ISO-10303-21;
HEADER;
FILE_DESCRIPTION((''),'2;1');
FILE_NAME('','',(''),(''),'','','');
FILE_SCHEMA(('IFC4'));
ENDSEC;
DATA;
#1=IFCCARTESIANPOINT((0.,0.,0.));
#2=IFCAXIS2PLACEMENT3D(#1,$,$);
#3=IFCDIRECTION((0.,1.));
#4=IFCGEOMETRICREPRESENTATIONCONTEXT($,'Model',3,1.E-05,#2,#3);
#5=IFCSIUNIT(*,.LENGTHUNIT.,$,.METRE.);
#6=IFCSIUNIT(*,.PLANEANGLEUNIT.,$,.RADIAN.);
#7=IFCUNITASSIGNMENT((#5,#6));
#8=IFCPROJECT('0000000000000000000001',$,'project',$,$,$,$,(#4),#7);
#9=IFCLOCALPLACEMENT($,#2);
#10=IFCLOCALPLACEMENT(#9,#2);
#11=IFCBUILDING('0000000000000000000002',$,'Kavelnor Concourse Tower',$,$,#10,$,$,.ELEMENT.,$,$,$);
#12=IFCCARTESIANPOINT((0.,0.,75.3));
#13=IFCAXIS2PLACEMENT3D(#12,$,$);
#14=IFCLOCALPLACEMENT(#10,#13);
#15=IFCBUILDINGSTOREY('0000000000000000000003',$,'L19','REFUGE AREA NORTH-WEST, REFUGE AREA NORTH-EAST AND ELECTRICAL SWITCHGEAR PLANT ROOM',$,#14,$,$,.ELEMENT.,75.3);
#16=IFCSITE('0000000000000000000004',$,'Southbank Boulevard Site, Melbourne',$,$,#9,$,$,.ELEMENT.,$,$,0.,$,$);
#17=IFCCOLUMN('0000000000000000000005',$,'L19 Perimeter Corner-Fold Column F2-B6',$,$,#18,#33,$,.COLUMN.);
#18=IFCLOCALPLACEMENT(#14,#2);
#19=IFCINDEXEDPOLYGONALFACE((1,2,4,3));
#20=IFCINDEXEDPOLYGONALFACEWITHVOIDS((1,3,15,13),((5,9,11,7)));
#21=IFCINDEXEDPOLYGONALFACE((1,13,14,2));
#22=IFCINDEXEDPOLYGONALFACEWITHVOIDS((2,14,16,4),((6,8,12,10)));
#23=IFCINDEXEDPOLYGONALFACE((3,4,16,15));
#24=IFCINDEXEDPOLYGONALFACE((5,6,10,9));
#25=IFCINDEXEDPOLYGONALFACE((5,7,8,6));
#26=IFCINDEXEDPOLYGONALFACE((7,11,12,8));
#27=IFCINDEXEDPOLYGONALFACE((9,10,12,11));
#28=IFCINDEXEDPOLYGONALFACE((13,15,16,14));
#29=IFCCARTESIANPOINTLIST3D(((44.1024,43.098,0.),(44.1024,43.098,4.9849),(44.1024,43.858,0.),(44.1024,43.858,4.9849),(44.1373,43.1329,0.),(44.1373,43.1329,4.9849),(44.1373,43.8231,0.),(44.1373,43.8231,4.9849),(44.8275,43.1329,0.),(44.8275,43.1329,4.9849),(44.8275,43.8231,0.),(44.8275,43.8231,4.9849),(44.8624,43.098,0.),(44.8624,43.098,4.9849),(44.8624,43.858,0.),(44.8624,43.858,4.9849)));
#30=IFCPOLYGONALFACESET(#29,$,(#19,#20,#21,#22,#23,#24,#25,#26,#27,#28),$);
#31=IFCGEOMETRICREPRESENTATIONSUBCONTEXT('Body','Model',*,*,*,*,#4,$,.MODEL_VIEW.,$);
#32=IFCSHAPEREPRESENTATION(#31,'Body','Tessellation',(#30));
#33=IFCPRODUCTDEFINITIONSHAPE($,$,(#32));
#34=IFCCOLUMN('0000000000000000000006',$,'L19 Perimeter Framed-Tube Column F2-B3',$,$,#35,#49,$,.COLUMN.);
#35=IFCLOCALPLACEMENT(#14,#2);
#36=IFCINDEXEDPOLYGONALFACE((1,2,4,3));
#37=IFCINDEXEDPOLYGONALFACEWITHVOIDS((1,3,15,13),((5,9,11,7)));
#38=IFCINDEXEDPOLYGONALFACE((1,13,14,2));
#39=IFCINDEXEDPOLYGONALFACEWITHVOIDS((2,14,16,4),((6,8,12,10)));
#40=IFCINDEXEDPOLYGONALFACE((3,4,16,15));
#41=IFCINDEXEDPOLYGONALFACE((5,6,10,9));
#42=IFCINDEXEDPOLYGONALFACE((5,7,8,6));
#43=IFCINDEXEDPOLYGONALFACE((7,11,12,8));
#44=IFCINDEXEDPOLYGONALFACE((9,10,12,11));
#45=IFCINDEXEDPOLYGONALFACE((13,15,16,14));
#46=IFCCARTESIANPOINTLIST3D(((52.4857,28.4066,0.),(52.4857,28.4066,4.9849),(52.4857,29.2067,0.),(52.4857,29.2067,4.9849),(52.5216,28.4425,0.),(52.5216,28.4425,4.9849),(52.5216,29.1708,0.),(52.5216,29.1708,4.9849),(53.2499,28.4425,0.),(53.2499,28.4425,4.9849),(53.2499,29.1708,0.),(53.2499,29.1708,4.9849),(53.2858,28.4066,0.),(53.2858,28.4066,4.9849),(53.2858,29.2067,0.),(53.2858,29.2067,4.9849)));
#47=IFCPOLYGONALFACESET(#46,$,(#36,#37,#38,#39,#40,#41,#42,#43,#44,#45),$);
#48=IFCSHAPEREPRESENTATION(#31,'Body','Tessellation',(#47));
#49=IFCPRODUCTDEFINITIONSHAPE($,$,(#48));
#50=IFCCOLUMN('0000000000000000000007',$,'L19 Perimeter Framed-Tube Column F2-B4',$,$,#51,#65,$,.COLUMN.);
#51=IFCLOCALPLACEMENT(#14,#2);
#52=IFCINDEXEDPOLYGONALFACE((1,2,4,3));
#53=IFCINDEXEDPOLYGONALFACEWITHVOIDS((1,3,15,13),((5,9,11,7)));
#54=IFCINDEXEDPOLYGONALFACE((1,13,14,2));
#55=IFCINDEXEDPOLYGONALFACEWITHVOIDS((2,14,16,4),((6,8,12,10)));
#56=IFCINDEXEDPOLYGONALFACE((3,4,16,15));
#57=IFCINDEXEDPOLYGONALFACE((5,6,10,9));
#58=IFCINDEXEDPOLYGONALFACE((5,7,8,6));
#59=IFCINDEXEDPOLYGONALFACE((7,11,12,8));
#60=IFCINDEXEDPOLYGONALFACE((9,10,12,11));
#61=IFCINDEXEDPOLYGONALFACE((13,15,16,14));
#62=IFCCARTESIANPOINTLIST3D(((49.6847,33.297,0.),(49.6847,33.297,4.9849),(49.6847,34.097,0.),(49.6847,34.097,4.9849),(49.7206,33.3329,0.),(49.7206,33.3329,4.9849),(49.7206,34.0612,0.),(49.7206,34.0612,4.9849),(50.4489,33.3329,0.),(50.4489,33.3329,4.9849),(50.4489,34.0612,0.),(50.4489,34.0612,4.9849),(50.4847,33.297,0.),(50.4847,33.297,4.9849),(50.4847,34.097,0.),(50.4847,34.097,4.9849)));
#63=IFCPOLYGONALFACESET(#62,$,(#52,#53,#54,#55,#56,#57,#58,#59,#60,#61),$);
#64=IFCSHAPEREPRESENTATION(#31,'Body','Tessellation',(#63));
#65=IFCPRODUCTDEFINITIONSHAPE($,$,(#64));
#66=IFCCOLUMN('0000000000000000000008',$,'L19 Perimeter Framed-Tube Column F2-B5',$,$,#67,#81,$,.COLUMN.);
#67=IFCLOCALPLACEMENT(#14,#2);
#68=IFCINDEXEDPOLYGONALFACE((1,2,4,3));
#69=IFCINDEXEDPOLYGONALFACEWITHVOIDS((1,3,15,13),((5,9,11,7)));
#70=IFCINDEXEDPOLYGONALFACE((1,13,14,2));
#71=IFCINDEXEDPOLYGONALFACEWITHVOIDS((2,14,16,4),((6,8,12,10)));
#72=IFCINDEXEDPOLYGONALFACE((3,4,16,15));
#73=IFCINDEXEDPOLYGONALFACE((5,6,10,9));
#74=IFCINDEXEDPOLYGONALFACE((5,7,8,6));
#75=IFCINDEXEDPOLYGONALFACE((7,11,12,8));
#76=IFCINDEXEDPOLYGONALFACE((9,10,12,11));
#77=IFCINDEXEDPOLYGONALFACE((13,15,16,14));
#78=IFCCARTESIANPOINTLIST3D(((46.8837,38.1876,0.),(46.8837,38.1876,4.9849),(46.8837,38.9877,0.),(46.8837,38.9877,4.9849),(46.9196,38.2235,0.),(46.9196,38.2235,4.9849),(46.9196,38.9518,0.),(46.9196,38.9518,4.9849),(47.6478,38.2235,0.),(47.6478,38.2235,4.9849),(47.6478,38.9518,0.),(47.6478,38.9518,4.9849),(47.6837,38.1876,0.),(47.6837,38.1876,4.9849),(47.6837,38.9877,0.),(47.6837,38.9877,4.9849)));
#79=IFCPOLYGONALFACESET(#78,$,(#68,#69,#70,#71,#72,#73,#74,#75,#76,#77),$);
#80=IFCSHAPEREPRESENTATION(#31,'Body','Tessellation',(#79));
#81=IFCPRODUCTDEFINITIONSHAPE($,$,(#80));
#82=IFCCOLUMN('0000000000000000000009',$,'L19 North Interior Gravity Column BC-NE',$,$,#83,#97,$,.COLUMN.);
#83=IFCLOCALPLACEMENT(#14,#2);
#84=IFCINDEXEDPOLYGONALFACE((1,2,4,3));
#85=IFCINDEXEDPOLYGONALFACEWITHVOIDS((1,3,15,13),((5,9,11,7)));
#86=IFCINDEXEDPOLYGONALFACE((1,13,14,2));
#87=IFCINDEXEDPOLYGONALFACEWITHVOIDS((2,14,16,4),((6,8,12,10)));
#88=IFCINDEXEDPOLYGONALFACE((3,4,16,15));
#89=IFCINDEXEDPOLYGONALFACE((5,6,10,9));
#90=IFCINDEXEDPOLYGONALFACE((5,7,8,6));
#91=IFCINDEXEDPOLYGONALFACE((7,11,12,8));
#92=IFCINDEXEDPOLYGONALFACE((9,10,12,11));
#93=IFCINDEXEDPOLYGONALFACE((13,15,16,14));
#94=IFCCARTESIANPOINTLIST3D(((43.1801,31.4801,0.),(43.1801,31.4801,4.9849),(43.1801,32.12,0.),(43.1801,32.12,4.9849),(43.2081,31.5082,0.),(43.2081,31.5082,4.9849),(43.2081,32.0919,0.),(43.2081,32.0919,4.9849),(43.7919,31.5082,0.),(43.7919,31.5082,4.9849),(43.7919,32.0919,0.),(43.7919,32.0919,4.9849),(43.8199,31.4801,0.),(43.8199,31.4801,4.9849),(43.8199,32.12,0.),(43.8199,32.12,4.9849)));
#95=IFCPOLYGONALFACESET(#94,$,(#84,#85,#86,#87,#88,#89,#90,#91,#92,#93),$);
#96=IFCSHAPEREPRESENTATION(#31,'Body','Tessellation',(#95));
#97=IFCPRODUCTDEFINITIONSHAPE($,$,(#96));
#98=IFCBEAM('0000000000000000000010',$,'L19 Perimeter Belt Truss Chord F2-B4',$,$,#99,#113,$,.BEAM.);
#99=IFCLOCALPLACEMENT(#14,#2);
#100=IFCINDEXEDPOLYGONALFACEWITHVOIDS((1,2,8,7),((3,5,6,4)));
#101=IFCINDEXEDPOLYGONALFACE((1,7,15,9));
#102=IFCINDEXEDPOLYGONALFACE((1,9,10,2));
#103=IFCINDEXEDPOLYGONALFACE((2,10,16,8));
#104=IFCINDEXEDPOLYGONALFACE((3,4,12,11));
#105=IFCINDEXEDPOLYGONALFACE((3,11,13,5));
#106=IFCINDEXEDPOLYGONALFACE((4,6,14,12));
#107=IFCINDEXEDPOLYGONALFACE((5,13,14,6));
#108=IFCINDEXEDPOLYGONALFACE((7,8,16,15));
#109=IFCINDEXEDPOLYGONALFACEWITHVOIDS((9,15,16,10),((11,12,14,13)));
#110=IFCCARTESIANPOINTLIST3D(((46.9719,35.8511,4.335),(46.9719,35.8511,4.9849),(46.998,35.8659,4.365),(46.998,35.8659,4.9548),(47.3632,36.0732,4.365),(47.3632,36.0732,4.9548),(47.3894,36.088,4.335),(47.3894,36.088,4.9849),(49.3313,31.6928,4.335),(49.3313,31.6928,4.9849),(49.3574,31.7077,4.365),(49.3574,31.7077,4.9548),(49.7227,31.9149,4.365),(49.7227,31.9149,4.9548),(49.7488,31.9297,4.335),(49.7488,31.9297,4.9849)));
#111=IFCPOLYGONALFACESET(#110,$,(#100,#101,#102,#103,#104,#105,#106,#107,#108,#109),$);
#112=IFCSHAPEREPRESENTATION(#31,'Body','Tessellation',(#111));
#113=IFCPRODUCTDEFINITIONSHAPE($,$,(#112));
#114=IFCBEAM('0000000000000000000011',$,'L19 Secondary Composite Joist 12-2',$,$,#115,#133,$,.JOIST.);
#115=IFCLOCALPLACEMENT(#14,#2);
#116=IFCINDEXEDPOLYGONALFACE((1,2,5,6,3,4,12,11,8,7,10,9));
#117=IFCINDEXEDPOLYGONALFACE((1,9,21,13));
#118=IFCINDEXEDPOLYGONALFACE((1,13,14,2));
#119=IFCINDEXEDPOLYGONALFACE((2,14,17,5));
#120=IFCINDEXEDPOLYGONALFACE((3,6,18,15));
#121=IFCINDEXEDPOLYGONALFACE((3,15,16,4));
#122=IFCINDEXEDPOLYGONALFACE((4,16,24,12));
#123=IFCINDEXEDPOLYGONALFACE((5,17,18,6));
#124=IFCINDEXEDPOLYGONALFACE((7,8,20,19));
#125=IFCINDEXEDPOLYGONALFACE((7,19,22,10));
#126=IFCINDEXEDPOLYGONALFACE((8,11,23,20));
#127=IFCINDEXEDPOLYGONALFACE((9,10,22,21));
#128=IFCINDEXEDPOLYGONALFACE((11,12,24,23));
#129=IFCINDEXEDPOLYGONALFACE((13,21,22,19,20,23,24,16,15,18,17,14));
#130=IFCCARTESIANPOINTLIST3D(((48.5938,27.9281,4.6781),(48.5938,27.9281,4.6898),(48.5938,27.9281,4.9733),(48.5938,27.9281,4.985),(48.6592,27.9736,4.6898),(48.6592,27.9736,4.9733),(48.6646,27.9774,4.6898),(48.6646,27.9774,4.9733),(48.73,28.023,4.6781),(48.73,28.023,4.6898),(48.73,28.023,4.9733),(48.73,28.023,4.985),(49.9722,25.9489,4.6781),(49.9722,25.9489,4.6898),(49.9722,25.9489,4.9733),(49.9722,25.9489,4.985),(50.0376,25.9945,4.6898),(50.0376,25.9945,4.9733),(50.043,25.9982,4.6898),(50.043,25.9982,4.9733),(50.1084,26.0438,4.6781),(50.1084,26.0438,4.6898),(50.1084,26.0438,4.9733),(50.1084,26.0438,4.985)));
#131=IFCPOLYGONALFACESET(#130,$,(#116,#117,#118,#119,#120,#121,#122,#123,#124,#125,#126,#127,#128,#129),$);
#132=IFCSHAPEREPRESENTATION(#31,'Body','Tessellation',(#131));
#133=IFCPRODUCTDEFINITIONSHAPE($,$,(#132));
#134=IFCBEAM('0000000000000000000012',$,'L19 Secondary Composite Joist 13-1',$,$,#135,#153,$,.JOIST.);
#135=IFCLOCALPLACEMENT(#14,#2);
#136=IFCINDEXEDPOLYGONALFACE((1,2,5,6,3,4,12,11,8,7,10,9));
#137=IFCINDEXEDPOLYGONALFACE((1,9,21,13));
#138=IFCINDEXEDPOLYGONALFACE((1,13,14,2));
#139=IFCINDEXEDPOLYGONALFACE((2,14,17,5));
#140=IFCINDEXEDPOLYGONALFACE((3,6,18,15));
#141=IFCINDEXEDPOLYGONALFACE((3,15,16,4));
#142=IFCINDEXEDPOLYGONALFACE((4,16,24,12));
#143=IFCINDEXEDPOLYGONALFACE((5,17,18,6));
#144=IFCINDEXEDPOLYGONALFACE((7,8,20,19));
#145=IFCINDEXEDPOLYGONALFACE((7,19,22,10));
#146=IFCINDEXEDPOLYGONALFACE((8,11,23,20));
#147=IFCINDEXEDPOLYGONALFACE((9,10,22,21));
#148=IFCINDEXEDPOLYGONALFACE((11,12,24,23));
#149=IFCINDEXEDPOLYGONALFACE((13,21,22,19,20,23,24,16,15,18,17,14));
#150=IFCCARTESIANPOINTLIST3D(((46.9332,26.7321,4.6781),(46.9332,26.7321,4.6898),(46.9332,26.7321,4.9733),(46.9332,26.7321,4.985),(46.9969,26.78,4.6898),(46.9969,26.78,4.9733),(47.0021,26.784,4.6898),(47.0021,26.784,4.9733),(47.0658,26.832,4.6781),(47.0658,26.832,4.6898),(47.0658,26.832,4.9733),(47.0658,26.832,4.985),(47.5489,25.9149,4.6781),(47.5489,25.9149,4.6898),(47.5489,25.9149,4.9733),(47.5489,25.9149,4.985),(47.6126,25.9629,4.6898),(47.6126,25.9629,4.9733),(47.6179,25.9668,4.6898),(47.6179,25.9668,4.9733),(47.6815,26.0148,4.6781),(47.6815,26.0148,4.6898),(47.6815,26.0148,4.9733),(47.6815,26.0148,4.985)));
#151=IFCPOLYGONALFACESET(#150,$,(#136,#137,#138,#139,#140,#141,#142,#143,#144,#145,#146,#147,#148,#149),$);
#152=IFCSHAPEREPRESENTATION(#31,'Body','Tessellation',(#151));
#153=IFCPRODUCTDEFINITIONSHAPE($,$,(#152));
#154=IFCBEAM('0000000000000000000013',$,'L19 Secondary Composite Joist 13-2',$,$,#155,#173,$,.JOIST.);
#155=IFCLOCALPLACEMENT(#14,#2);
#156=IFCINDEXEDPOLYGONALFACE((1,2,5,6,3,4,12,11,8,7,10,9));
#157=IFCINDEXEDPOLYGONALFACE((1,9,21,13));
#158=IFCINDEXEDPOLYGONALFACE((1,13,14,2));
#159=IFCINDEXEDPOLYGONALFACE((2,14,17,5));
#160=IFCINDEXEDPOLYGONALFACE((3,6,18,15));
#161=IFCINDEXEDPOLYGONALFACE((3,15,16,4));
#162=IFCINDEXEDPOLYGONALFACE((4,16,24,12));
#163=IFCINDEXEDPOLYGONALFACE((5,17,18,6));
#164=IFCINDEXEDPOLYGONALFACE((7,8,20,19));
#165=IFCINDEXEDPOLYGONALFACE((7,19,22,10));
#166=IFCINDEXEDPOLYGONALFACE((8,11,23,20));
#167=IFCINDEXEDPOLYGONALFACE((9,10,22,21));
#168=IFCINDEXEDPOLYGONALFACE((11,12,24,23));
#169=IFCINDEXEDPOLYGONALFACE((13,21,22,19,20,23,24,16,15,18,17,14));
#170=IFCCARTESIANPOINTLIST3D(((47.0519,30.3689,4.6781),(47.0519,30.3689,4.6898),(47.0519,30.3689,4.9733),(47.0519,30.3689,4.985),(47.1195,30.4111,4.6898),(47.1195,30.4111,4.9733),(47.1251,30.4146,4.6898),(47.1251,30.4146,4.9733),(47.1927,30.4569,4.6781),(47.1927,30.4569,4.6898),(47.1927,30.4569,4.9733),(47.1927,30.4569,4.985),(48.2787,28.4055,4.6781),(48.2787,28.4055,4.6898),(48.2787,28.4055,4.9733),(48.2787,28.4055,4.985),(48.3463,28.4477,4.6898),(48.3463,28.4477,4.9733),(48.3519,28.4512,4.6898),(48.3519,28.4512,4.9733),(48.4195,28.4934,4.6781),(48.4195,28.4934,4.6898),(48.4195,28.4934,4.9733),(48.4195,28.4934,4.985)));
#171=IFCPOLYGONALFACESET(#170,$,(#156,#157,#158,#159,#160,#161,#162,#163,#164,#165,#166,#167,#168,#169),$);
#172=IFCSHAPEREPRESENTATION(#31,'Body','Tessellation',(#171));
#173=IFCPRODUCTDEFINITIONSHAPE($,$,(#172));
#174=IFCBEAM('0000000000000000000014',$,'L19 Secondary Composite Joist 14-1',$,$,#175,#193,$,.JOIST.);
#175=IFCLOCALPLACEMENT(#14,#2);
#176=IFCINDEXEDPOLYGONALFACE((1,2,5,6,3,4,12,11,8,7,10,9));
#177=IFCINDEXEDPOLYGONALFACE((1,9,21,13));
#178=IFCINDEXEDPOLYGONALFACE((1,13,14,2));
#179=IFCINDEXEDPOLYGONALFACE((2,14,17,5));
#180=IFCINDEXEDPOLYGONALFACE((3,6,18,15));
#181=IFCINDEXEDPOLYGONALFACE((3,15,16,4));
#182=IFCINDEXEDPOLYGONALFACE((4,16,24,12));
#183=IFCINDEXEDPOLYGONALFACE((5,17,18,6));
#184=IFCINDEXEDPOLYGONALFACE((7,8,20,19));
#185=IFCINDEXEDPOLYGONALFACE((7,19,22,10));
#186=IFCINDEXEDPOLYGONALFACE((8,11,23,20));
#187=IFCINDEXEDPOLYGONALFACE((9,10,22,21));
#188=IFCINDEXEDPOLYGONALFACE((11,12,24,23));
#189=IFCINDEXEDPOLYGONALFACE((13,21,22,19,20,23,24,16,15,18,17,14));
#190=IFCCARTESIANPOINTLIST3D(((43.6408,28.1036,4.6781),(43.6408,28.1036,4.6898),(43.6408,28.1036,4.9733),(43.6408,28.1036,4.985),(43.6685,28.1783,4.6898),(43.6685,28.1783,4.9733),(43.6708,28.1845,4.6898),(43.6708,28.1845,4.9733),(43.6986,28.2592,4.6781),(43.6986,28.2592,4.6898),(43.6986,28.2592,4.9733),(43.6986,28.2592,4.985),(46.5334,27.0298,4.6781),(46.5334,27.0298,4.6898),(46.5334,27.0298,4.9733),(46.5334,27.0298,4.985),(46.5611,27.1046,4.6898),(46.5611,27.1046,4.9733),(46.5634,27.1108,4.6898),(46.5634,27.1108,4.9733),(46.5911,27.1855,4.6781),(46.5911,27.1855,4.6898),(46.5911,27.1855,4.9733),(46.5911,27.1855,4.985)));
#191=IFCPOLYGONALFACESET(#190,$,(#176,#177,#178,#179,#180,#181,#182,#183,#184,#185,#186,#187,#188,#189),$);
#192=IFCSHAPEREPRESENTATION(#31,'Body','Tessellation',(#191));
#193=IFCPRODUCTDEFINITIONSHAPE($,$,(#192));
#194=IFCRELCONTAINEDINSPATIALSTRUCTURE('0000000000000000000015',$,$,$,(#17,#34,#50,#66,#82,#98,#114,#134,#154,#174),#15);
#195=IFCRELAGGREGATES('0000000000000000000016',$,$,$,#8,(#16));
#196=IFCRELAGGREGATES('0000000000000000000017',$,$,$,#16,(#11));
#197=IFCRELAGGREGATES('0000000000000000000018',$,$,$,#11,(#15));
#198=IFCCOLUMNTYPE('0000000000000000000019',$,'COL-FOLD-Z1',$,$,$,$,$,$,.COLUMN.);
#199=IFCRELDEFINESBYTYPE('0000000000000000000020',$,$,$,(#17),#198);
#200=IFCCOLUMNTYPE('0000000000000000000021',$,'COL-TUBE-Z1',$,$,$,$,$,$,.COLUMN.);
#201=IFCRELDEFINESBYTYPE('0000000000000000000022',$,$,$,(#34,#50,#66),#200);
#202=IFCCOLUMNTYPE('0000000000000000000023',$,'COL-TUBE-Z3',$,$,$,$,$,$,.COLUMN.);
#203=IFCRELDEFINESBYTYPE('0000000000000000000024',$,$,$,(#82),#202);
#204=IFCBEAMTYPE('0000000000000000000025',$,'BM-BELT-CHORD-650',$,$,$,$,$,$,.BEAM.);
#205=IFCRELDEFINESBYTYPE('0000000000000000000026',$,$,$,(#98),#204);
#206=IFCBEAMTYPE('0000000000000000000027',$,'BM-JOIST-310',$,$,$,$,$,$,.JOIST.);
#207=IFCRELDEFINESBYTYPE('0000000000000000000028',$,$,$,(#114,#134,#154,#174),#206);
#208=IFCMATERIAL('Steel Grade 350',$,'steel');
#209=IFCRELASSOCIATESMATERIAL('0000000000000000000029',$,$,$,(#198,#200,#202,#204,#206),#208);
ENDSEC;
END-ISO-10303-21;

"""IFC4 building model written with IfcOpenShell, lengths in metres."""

from ifc_helpers import new_model, si_unit, direction, frame, origin, origin_2d, place, context, subcontext, project, spatial, hollow_rectangle, i_section, extrude, material, material_profile, profile_set, type_object, element, save


model = new_model("IFC4")

# Units and contexts
model_context = context("Model", 3, precision=1e-05, world=origin(), true_north=direction((0.0, 1.0)))
body_context = subcontext(model_context, "Body", "Model", "MODEL_VIEW")
ifc_project = project(units=[si_unit("LENGTHUNIT", "METRE"), si_unit("PLANEANGLEUNIT", "RADIAN")], contexts=[model_context])

# Site, building, storey
site_placement = place(None, origin())
site = spatial("IfcSite", under=ifc_project, at=site_placement, Name="Southbank Boulevard Site, Melbourne", CompositionType="ELEMENT", RefElevation=0.0)
building_placement = place(site_placement, origin())
building = spatial("IfcBuilding", under=site, at=building_placement, Name="Kavelnor Concourse Tower", CompositionType="ELEMENT")
storey_placement = place(building_placement, frame((0.0, 0.0, 75.3)))
storey = spatial("IfcBuildingStorey", under=building, at=storey_placement, Name="L19", Description="REFUGE AREA NORTH-WEST, REFUGE AREA NORTH-EAST AND ELECTRICAL SWITCHGEAR PLANT ROOM", CompositionType="ELEMENT", Elevation=75.3)

# Columns
ifc_material_1 = material(Name="Steel Grade 350", Category="steel")
ifc_material_profile_1 = material_profile(ifc_material_1, hollow_rectangle(XDim=0.76, YDim=0.76, WallThickness=0.0349, at=origin_2d()), Name="SHS 760x760x35")
ifc_profile_set_1 = profile_set([ifc_material_profile_1], Name="Steel Grade 350")
column_type_1 = type_object("IfcColumnType", Name="COL-FOLD-Z1", PredefinedType="COLUMN", material=ifc_profile_set_1)
column_1_placement = place(storey_placement, frame((44.4824, 43.478, 0.0), z_axis=(0.0, 0.0, 1.0), x_axis=(1.0, 0.0, 0.0)))
element("IfcColumn", 1, at=column_1_placement, inside=storey, type_object=column_type_1, Name="L19 Perimeter Corner-Fold Column F2-B6", PredefinedType="COLUMN", context=body_context, shape_type="SweptSolid", body=[
    extrude(hollow_rectangle(XDim=0.76, YDim=0.76, WallThickness=0.0349, at=origin_2d()), origin(), (0.0, 0.0, 1.0), 4.9849),
])
ifc_material_profile_2 = material_profile(ifc_material_1, hollow_rectangle(XDim=0.8, YDim=0.8, WallThickness=0.0359, at=origin_2d()), Name="SHS 800x800x36")
ifc_profile_set_2 = profile_set([ifc_material_profile_2], Name="Steel Grade 350")
column_type_2 = type_object("IfcColumnType", Name="COL-TUBE-Z1", PredefinedType="COLUMN", material=ifc_profile_set_2)
for number, where, z_axis, x_axis, name in (
    (2, (52.8857, 28.8066, 0.0), (0.0, 0.0, 1.0), (1.0, 0.0, 0.0), "L19 Perimeter Framed-Tube Column F2-B3"),
    (3, (50.0847, 33.697, 0.0), (0.0, 0.0, 1.0), (1.0, 0.0, 0.0), "L19 Perimeter Framed-Tube Column F2-B4"),
    (4, (47.2837, 38.5876, 0.0), (0.0, 0.0, 1.0), (1.0, 0.0, 0.0), "L19 Perimeter Framed-Tube Column F2-B5"),
):
    element("IfcColumn", number, at=place(storey_placement, frame(where, z_axis=z_axis, x_axis=x_axis)), inside=storey, type_object=column_type_2, Name=name, PredefinedType="COLUMN", context=body_context, shape_type="SweptSolid", body=[
        extrude(hollow_rectangle(XDim=0.8, YDim=0.8, WallThickness=0.0359, at=origin_2d()), origin(), (0.0, 0.0, 1.0), 4.9849),
    ])
ifc_material_profile_3 = material_profile(ifc_material_1, hollow_rectangle(XDim=0.6399, YDim=0.6399, WallThickness=0.0281, at=origin_2d()), Name="SHS 640x640x28")
ifc_profile_set_3 = profile_set([ifc_material_profile_3], Name="Steel Grade 350")
column_type_3 = type_object("IfcColumnType", Name="COL-TUBE-Z3", PredefinedType="COLUMN", material=ifc_profile_set_3)
column_2_placement = place(storey_placement, frame((43.5, 31.8, 0.0), z_axis=(0.0, 0.0, 1.0), x_axis=(1.0, 0.0, 0.0)))
element("IfcColumn", 5, at=column_2_placement, inside=storey, type_object=column_type_3, Name="L19 North Interior Gravity Column BC-NE", PredefinedType="COLUMN", context=body_context, shape_type="SweptSolid", body=[
    extrude(hollow_rectangle(XDim=0.6399, YDim=0.6399, WallThickness=0.0281, at=origin_2d()), origin(), (0.0, 0.0, 1.0), 4.9849),
])

# Beams
ifc_material_profile_4 = material_profile(ifc_material_1, hollow_rectangle(XDim=0.48, YDim=0.6499, WallThickness=0.03, at=origin_2d()), Name="RHS 650x480x30")
ifc_profile_set_4 = profile_set([ifc_material_profile_4], Name="Steel Grade 350")
beam_type_1 = type_object("IfcBeamType", Name="BM-BELT-CHORD-650", PredefinedType="BEAM", material=ifc_profile_set_4)
beam_1_placement = place(storey_placement, frame((49.54, 31.8113, 4.6599), z_axis=(-0.493497, 0.869748, 0.0), x_axis=(-0.869748, -0.493497, 0.0)))
element("IfcBeam", 6, at=beam_1_placement, inside=storey, type_object=beam_type_1, Name="L19 Perimeter Belt Truss Chord F2-B4", PredefinedType="BEAM", context=body_context, shape_type="SweptSolid", body=[
    extrude(hollow_rectangle(XDim=0.48, YDim=0.6499, WallThickness=0.03, at=origin_2d()), origin(), (0.0, 0.0, 1.0), 4.781),
])
ifc_material_profile_5 = material_profile(ifc_material_1, i_section(OverallWidth=0.166, OverallDepth=0.3069, WebThickness=0.0066, FlangeThickness=0.0117, at=origin_2d()), Name="310UB46")
ifc_profile_set_5 = profile_set([ifc_material_profile_5], Name="Steel Grade 350")
beam_type_2 = type_object("IfcBeamType", Name="BM-JOIST-310", PredefinedType="JOIST", material=ifc_profile_set_5)
beam_2_placement = place(storey_placement, frame((50.0403, 25.9963, 4.8315), z_axis=(-0.571497, 0.820604, 0.0), x_axis=(-0.820604, -0.571497, 0.0)))
element("IfcBeam", 7, at=beam_2_placement, inside=storey, type_object=beam_type_2, Name="L19 Secondary Composite Joist 12-2", PredefinedType="JOIST", context=body_context, shape_type="SweptSolid", body=[
    extrude(i_section(OverallWidth=0.166, OverallDepth=0.3069, WebThickness=0.0066, FlangeThickness=0.0117, at=origin_2d()), origin(), (0.0, 0.0, 1.0), 2.4119),
])
beam_3_placement = place(storey_placement, frame((47.6152, 25.9648, 4.8315), z_axis=(-0.601793, 0.798652, 0.0), x_axis=(-0.798652, -0.601793, 0.0)))
element("IfcBeam", 8, at=beam_3_placement, inside=storey, type_object=beam_type_2, Name="L19 Secondary Composite Joist 13-1", PredefinedType="JOIST", context=body_context, shape_type="SweptSolid", body=[
    extrude(i_section(OverallWidth=0.166, OverallDepth=0.3069, WebThickness=0.0066, FlangeThickness=0.0117, at=origin_2d()), origin(), (0.0, 0.0, 1.0), 1.0232),
])
beam_4_placement = place(storey_placement, frame((48.3491, 28.4495, 4.8315), z_axis=(-0.529904, 0.848058, 0.0), x_axis=(-0.848058, -0.529904, 0.0)))
element("IfcBeam", 9, at=beam_4_placement, inside=storey, type_object=beam_type_2, Name="L19 Secondary Composite Joist 13-2", PredefinedType="JOIST", context=body_context, shape_type="SweptSolid", body=[
    extrude(i_section(OverallWidth=0.166, OverallDepth=0.3069, WebThickness=0.0066, FlangeThickness=0.0117, at=origin_2d()), origin(), (0.0, 0.0, 1.0), 2.3152),
])
beam_5_placement = place(storey_placement, frame((46.5623, 27.1077, 4.8315), z_axis=(-0.937495, 0.348, 0.0), x_axis=(-0.348, -0.937495, 0.0)))
element("IfcBeam", 10, at=beam_5_placement, inside=storey, type_object=beam_type_2, Name="L19 Secondary Composite Joist 14-1", PredefinedType="JOIST", context=body_context, shape_type="SweptSolid", body=[
    extrude(i_section(OverallWidth=0.166, OverallDepth=0.3069, WebThickness=0.0066, FlangeThickness=0.0117, at=origin_2d()), origin(), (0.0, 0.0, 1.0), 3.0854),
])

save(model, "model.ifc")
